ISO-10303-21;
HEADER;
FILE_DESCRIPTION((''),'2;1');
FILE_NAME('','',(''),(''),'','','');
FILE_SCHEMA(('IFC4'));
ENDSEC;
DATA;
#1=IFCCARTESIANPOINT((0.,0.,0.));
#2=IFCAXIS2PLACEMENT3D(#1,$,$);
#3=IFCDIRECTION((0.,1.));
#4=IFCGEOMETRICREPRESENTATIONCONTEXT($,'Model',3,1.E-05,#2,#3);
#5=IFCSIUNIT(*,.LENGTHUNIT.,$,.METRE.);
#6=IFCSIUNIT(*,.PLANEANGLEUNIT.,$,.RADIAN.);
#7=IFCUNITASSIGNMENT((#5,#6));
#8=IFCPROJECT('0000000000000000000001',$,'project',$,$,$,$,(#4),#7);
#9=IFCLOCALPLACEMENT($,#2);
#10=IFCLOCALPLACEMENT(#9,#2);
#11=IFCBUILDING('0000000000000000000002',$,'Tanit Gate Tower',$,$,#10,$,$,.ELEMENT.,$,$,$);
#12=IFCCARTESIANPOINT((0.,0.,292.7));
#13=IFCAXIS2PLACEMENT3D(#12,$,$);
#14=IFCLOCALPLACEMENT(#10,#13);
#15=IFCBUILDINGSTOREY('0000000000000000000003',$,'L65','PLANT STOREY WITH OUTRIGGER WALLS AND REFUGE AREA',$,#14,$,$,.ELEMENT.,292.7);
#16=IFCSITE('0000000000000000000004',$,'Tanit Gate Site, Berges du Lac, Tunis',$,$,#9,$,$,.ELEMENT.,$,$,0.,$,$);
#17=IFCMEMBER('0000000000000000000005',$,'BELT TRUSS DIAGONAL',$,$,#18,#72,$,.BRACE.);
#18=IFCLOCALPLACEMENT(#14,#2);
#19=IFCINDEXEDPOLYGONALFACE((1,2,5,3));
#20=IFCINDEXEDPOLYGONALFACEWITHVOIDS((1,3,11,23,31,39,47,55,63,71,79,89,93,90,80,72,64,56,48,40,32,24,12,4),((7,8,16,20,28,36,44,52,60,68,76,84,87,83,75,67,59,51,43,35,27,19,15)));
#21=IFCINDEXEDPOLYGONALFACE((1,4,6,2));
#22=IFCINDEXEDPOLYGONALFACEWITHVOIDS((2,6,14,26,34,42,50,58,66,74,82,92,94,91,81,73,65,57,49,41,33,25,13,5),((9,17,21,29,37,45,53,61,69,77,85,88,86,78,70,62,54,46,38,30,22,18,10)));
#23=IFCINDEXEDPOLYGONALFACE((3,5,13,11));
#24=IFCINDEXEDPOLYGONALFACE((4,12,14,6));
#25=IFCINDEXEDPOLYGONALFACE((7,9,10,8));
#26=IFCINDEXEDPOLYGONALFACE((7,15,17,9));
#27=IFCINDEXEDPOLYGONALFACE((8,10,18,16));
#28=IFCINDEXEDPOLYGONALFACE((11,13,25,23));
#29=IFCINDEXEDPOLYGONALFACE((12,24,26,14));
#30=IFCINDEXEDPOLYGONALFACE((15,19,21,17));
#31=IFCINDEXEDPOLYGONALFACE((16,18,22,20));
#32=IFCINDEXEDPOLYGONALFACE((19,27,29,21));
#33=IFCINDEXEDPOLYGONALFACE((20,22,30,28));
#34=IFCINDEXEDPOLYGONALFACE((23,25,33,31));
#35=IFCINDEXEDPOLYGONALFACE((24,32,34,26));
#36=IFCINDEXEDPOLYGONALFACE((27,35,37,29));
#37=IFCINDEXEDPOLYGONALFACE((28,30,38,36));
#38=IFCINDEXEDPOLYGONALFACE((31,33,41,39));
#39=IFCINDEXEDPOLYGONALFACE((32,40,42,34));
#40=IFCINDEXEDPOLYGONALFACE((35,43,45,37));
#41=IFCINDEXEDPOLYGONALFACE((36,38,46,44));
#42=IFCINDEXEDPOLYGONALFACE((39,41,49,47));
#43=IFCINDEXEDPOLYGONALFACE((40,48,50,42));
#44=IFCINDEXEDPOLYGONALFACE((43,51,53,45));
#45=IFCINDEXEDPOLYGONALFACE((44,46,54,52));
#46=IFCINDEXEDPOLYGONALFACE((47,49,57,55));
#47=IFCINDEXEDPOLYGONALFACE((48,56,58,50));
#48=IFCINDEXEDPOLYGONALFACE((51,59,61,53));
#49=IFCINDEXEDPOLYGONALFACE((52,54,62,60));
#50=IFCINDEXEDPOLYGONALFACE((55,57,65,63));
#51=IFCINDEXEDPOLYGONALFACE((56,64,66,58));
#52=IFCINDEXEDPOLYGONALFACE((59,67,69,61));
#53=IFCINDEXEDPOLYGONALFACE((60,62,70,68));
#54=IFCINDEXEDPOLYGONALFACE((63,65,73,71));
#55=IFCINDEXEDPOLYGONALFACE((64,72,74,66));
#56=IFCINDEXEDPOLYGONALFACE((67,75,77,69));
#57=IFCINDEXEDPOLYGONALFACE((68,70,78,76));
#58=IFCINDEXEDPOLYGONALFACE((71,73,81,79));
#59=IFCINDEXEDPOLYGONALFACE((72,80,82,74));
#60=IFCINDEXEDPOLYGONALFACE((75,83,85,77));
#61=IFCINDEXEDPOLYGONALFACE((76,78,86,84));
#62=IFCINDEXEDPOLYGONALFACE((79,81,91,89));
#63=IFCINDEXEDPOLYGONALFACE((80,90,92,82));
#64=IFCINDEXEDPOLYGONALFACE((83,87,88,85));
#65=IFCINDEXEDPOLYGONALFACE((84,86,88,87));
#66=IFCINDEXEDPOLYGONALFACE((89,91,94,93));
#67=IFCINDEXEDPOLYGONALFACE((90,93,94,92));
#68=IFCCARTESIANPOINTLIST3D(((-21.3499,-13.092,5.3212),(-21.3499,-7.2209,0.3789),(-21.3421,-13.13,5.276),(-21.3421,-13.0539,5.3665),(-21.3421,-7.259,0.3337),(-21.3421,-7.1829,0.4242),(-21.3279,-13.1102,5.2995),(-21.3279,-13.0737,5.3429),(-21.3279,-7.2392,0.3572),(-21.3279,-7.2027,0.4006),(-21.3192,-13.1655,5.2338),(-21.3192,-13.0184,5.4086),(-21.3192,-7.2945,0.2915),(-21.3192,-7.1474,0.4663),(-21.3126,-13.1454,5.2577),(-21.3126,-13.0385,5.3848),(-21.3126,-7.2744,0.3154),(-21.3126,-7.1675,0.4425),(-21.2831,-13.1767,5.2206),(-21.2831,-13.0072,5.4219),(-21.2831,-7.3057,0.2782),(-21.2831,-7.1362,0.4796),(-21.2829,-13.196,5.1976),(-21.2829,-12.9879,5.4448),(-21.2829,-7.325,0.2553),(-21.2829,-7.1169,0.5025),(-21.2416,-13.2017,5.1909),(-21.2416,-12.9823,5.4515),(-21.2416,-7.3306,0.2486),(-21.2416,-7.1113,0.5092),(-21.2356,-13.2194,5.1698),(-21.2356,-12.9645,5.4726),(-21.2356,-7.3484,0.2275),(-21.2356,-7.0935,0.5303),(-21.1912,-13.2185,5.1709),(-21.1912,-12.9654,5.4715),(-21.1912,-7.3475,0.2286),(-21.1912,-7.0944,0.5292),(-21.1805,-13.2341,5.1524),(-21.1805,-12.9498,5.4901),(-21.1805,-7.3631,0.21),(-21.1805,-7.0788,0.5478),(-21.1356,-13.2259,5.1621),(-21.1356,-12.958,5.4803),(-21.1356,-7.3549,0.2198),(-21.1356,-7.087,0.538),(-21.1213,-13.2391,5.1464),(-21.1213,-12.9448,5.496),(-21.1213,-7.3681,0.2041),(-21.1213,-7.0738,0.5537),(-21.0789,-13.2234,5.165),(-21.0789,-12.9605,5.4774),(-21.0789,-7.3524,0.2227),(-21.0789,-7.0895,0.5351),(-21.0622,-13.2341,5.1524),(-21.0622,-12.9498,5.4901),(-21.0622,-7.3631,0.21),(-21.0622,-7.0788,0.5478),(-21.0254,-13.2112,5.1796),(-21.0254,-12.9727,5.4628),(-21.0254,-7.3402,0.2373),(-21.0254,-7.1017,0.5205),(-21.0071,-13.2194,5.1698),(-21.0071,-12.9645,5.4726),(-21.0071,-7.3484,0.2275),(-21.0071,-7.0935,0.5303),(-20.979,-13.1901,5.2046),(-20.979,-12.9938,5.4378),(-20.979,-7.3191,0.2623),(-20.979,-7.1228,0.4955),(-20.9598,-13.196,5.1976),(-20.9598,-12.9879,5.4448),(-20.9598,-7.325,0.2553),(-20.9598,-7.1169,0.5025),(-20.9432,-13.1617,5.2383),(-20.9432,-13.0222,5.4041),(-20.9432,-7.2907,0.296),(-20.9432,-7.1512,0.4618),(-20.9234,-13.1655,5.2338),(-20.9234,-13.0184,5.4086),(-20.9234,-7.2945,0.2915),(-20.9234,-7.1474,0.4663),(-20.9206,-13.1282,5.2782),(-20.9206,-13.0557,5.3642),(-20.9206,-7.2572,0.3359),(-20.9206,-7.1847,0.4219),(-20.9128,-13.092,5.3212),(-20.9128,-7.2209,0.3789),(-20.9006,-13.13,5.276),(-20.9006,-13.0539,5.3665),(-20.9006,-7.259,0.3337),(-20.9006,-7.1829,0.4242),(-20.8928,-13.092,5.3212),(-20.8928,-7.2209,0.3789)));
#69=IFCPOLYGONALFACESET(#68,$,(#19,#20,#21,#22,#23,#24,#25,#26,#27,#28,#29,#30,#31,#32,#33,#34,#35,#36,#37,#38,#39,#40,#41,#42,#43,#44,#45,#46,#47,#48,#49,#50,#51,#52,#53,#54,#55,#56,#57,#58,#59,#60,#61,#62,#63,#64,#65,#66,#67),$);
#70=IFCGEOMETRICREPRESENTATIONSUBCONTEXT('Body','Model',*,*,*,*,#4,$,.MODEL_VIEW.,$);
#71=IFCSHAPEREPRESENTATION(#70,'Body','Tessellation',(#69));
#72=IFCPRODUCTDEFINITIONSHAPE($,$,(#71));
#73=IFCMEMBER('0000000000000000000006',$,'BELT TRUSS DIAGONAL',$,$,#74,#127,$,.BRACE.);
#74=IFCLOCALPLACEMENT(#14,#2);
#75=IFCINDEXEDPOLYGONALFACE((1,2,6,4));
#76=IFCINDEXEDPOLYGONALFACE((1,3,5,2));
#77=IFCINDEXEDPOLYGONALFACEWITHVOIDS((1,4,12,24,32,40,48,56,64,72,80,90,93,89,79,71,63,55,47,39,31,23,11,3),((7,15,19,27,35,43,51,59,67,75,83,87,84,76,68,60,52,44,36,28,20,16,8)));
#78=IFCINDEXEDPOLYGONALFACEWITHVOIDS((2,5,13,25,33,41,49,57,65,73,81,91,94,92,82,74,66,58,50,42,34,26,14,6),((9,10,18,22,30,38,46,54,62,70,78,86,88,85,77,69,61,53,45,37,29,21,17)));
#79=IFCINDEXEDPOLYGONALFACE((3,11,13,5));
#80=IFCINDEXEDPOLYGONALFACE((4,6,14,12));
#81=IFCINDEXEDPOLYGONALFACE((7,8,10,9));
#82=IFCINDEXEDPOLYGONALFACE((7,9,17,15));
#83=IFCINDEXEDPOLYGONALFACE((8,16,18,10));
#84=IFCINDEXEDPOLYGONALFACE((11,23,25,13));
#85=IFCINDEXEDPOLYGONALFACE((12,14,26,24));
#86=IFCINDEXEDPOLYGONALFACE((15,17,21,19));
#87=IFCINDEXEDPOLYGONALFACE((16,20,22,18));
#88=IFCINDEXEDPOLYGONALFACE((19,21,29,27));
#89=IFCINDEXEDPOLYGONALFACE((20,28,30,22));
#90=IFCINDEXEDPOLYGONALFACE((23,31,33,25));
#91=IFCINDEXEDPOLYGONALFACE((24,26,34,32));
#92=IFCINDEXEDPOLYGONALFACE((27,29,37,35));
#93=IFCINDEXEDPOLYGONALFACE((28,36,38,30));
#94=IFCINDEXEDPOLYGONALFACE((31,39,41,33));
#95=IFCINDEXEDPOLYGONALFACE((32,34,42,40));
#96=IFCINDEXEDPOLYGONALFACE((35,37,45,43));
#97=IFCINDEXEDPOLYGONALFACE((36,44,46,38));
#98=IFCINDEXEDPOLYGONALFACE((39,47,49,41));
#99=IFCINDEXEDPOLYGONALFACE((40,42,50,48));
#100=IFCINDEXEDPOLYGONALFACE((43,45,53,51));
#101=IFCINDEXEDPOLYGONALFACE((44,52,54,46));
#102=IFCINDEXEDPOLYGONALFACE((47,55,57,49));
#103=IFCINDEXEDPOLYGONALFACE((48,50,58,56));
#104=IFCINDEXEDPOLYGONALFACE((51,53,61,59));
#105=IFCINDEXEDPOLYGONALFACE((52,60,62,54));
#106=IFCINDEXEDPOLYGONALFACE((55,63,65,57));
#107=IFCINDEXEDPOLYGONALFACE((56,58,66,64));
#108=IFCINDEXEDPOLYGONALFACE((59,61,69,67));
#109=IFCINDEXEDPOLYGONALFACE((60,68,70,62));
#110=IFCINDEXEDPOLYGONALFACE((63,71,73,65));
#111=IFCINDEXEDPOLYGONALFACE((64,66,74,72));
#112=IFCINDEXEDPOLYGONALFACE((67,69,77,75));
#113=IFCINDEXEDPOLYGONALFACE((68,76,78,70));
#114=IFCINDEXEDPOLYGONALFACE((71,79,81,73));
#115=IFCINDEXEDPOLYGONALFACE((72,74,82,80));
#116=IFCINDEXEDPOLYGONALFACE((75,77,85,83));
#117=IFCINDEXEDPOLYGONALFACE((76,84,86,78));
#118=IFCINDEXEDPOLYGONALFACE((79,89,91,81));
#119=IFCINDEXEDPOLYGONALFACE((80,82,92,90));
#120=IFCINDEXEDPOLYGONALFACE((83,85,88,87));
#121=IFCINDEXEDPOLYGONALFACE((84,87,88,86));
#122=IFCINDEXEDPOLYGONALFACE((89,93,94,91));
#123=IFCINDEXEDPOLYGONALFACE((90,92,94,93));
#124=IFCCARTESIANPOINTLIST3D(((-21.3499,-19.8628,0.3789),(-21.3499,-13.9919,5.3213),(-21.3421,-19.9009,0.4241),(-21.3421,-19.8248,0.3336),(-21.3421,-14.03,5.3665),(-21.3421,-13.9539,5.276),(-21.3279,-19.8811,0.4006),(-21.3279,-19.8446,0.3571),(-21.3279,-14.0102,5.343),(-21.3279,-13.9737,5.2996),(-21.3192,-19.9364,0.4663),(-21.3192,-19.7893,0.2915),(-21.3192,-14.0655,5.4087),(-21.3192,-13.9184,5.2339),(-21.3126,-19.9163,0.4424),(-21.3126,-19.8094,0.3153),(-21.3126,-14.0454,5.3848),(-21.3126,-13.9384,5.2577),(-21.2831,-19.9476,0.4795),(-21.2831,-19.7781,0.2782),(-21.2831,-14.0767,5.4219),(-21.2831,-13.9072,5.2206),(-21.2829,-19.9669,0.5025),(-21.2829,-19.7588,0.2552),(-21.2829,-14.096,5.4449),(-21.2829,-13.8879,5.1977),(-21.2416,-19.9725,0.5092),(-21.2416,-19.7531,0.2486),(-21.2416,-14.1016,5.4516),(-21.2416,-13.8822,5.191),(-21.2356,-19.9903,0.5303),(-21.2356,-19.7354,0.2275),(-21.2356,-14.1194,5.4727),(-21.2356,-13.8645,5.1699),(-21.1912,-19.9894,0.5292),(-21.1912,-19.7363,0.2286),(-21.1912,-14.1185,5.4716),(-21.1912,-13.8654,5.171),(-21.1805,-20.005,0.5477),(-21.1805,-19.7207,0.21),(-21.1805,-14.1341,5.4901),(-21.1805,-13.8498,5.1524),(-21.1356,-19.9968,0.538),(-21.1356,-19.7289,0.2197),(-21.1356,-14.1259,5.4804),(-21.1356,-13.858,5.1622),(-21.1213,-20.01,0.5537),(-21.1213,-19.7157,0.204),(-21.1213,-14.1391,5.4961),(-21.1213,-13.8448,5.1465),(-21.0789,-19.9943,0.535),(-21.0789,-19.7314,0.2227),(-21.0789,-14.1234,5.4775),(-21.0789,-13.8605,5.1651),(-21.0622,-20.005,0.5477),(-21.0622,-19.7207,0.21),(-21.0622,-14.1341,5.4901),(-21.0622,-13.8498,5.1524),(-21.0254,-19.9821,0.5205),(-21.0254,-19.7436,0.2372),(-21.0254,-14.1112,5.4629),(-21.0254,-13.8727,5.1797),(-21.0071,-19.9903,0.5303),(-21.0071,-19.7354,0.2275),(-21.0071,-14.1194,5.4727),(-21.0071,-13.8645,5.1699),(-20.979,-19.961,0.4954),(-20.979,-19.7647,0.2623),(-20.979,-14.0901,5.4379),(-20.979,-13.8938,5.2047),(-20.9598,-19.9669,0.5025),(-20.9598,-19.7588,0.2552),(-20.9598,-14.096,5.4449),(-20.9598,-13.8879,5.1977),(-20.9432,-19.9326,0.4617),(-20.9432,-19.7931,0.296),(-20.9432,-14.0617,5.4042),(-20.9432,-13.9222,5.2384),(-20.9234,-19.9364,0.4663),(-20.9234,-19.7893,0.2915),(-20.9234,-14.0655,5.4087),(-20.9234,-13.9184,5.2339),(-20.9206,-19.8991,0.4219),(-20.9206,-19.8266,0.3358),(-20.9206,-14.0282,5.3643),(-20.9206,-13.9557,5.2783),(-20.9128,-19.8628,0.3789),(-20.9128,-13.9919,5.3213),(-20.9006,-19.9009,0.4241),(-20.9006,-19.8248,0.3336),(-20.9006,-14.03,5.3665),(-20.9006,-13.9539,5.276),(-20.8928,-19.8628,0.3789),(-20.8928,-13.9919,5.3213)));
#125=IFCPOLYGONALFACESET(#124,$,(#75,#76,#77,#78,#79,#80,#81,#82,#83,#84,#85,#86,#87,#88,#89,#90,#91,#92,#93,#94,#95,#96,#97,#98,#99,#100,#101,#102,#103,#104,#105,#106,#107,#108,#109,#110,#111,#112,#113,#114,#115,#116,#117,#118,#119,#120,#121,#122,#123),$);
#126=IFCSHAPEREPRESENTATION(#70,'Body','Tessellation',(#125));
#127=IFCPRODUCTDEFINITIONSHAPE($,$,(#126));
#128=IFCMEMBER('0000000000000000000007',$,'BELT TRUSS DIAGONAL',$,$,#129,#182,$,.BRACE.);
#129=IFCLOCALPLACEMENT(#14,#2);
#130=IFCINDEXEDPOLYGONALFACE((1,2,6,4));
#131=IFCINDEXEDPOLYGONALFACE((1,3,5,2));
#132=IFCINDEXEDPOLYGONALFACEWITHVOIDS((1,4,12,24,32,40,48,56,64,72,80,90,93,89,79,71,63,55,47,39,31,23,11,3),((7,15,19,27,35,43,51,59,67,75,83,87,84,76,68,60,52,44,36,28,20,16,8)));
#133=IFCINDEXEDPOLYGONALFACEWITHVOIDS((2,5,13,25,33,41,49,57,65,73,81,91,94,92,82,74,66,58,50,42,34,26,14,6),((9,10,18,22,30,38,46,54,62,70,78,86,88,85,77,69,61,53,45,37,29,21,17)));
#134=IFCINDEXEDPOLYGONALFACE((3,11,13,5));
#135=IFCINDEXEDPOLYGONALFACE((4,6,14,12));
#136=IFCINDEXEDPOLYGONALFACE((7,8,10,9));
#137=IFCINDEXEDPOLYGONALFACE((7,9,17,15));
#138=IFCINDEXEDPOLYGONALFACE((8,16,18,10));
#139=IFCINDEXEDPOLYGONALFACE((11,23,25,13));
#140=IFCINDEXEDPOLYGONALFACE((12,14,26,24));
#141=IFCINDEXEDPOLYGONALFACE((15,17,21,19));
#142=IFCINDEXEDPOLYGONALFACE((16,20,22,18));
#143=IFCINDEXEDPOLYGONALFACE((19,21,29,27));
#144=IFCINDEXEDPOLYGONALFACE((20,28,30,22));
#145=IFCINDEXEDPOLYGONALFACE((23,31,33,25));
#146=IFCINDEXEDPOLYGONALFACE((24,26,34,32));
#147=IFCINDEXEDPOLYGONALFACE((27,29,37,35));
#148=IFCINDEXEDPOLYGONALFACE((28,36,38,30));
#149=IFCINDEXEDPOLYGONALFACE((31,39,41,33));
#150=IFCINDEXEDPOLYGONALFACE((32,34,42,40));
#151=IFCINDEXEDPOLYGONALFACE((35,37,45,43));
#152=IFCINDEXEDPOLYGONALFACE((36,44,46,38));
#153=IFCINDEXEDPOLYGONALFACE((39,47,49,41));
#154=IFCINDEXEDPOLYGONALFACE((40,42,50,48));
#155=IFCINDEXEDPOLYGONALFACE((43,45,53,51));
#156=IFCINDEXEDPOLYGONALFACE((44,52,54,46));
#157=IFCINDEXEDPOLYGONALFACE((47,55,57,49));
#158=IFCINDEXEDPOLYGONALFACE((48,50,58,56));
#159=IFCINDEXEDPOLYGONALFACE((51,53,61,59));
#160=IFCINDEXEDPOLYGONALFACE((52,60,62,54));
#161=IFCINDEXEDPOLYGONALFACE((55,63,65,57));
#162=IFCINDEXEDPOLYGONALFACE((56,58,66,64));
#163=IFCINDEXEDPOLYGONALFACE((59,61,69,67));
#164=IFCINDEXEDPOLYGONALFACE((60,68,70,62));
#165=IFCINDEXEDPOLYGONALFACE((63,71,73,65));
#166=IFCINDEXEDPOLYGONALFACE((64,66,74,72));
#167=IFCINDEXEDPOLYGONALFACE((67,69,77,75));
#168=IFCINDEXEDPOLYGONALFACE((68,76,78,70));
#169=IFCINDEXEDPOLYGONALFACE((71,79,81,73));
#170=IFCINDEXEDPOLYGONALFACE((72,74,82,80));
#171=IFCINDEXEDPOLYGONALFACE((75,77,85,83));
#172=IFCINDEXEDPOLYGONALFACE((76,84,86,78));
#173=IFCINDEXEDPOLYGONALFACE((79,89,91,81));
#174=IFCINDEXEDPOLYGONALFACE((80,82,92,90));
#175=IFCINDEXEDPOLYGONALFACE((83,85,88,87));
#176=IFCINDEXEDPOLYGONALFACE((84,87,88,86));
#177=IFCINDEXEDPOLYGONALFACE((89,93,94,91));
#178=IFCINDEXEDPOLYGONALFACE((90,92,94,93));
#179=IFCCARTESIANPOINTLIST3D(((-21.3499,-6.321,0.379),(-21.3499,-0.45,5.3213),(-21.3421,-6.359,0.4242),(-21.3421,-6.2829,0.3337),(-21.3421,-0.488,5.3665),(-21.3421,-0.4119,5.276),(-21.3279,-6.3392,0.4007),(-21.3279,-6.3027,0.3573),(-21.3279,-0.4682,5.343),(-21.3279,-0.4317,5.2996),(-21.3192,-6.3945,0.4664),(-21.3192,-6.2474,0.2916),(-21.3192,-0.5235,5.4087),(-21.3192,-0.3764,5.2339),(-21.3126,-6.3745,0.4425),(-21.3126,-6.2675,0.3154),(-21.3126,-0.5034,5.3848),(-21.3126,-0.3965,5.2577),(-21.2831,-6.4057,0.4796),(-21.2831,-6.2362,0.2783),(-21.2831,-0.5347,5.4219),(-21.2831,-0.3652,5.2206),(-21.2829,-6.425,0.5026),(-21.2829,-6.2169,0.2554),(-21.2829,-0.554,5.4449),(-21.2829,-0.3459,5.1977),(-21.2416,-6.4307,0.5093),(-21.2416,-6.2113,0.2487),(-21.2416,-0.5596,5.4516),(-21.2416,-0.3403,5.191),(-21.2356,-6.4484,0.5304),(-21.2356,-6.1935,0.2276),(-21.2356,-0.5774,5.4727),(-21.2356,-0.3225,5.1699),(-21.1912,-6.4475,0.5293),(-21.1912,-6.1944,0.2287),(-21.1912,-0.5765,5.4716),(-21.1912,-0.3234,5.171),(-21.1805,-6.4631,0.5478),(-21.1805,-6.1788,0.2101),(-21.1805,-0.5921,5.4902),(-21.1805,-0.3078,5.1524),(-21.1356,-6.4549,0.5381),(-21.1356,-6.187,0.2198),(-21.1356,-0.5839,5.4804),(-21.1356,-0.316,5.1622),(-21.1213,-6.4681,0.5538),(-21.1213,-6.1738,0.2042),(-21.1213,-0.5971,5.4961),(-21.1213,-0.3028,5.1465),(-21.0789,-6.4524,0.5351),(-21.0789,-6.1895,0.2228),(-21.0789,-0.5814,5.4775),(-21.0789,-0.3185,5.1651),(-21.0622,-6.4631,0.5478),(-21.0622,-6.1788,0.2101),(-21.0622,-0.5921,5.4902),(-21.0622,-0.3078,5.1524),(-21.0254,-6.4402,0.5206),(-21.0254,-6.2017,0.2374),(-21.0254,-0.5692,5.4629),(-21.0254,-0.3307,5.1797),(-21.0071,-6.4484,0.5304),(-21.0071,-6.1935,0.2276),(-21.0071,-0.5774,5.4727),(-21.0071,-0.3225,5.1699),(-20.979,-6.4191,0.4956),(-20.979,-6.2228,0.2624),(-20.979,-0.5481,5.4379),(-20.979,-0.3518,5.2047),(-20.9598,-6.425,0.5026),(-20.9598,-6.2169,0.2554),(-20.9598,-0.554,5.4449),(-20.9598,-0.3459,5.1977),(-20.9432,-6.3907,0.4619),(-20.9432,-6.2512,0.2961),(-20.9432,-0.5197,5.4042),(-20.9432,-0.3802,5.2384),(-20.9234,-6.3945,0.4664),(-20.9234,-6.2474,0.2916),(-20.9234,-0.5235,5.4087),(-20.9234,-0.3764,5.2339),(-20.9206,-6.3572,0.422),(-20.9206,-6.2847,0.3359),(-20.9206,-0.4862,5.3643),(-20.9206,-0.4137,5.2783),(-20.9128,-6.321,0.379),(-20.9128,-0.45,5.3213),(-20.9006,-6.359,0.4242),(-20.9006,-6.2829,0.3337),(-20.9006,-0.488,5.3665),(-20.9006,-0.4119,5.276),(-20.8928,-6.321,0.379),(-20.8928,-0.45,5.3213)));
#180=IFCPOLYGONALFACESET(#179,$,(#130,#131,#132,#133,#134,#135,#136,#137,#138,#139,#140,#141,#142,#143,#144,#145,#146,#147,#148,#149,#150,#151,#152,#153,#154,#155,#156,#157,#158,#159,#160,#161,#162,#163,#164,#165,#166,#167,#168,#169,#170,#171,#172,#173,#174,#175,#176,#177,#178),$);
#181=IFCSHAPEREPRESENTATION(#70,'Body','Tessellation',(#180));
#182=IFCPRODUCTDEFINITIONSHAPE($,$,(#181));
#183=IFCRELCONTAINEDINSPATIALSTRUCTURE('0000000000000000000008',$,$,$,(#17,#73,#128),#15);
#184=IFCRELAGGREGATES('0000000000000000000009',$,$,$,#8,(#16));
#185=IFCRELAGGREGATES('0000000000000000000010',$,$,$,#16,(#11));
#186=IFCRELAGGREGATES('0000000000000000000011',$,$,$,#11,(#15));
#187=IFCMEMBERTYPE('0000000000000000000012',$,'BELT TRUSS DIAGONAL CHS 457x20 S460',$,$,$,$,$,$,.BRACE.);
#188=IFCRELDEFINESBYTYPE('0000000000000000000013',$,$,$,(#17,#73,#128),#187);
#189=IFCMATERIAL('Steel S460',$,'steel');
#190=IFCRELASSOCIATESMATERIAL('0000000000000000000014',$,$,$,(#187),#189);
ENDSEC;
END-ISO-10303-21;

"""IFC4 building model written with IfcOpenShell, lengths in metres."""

from ifc_helpers import new_model, si_unit, direction, frame, origin, origin_2d, place, context, subcontext, project, spatial, hollow_circle, extrude, material, material_profile, profile_set, type_object, element, save


model = new_model("IFC4")

# Units and contexts
model_context = context("Model", 3, precision=1e-05, world=origin(), true_north=direction((0.0, 1.0)))
body_context = subcontext(model_context, "Body", "Model", "MODEL_VIEW")
ifc_project = project(units=[si_unit("LENGTHUNIT", "METRE"), si_unit("PLANEANGLEUNIT", "RADIAN")], contexts=[model_context])

# Site, building, storey
site_placement = place(None, origin())
site = spatial("IfcSite", under=ifc_project, at=site_placement, Name="Tanit Gate Site, Berges du Lac, Tunis", CompositionType="ELEMENT", RefElevation=0.0)
building_placement = place(site_placement, origin())
building = spatial("IfcBuilding", under=site, at=building_placement, Name="Tanit Gate Tower", CompositionType="ELEMENT")
storey_placement = place(building_placement, frame((0.0, 0.0, 292.7)))
storey = spatial("IfcBuildingStorey", under=building, at=storey_placement, Name="L65", Description="PLANT STOREY WITH OUTRIGGER WALLS AND REFUGE AREA", CompositionType="ELEMENT", Elevation=292.7)

# Members
ifc_material_1 = material(Name="Steel S460", Category="steel")
ifc_material_profile_1 = material_profile(ifc_material_1, hollow_circle(Radius=0.2285, WallThickness=0.02, at=origin_2d()), Name="CHS 457x20")
ifc_profile_set_1 = profile_set([ifc_material_profile_1], Name="Steel S460")
member_type = type_object("IfcMemberType", Name="BELT TRUSS DIAGONAL CHS 457x20 S460", PredefinedType="BRACE", material=ifc_profile_set_1)
for number, where, z_axis, x_axis, name in (
    (1, (-21.1213, -7.2209, 0.3789), (0.0, -0.76502, 0.644006), (1.0, 0.0, 0.0), "BELT TRUSS DIAGONAL"),
    (2, (-21.1213, -13.9919, 5.3213), (0.0, -0.765007, -0.644022), (1.0, 0.0, 0.0), "BELT TRUSS DIAGONAL"),
    (3, (-21.1213, -0.45, 5.3213), (0.0, -0.76502, -0.644006), (1.0, 0.0, 0.0), "BELT TRUSS DIAGONAL"),
):
    element("IfcMember", number, at=place(storey_placement, frame(where, z_axis=z_axis, x_axis=x_axis)), inside=storey, type_object=member_type, Name=name, PredefinedType="BRACE", context=body_context, shape_type="SweptSolid", body=[
        extrude(hollow_circle(Radius=0.2285, WallThickness=0.02, at=origin_2d()), origin(), (0.0, 0.0, 1.0), 7.6743),
    ])

save(model, "model.ifc")
